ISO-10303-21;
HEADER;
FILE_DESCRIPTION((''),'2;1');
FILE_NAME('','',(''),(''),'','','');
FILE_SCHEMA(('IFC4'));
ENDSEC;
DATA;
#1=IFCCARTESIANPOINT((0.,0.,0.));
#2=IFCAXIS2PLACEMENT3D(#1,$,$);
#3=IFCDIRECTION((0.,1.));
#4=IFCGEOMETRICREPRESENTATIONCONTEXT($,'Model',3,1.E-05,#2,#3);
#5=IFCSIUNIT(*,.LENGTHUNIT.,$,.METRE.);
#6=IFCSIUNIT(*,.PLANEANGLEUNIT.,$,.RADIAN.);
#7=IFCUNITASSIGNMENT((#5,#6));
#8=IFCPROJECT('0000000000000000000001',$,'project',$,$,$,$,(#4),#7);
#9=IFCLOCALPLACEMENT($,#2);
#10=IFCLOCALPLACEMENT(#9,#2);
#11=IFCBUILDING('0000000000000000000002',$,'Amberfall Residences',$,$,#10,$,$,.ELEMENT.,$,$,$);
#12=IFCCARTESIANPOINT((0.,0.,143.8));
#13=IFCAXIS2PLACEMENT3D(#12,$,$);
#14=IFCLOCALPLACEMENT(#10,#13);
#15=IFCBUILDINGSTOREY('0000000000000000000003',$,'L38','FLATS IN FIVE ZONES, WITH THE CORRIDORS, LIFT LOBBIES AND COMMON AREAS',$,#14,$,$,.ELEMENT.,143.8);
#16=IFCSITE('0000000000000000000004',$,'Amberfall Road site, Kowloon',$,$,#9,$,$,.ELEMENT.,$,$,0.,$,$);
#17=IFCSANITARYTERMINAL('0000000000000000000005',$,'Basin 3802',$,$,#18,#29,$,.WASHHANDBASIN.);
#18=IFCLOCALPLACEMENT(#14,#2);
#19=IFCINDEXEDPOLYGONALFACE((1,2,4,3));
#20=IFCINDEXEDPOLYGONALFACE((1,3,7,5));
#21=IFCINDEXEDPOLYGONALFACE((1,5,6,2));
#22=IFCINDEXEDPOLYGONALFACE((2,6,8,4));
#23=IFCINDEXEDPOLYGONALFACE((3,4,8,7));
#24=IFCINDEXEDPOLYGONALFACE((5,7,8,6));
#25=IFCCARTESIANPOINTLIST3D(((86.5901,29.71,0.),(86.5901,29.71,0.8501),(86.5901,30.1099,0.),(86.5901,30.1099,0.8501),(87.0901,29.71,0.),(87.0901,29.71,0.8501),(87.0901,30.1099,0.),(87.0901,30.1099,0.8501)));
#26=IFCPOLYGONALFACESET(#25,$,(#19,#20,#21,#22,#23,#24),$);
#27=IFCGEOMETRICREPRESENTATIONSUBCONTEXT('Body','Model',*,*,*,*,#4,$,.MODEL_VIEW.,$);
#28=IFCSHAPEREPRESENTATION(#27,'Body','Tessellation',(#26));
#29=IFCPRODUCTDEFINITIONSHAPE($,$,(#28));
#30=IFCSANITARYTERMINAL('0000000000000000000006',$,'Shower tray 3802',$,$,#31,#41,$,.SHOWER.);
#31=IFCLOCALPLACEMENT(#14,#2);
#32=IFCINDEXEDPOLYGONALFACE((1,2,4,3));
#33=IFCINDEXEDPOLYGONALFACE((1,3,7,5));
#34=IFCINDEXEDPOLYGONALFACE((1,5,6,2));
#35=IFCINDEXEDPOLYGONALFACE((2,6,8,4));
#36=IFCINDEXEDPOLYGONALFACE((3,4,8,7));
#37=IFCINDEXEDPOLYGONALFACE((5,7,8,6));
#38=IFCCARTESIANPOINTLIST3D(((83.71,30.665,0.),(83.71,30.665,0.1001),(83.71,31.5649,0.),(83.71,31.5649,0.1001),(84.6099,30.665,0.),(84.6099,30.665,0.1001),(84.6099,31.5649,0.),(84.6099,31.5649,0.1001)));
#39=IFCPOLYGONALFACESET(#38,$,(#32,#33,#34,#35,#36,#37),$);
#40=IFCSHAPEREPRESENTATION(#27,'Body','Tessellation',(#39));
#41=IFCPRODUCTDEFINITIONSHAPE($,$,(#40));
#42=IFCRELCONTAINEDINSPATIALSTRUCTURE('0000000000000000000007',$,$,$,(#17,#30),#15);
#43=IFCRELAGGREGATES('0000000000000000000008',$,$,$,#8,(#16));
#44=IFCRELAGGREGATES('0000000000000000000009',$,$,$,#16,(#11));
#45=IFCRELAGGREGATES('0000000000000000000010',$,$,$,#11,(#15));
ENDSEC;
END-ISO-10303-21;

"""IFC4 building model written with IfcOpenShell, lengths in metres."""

from ifc_helpers import new_model, si_unit, direction, frame, origin, origin_2d, place, context, subcontext, project, spatial, rectangle, extrude, element, save


model = new_model("IFC4")

# Units and contexts
model_context = context("Model", 3, precision=1e-05, world=origin(), true_north=direction((0.0, 1.0)))
body_context = subcontext(model_context, "Body", "Model", "MODEL_VIEW")
ifc_project = project(units=[si_unit("LENGTHUNIT", "METRE"), si_unit("PLANEANGLEUNIT", "RADIAN")], contexts=[model_context])

# Site, building, storey
site_placement = place(None, origin())
site = spatial("IfcSite", under=ifc_project, at=site_placement, Name="Amberfall Road site, Kowloon", CompositionType="ELEMENT", RefElevation=0.0)
building_placement = place(site_placement, origin())
building = spatial("IfcBuilding", under=site, at=building_placement, Name="Amberfall Residences", CompositionType="ELEMENT")
storey_placement = place(building_placement, frame((0.0, 0.0, 143.8)))
storey = spatial("IfcBuildingStorey", under=building, at=storey_placement, Name="L38", Description="FLATS IN FIVE ZONES, WITH THE CORRIDORS, LIFT LOBBIES AND COMMON AREAS", CompositionType="ELEMENT", Elevation=143.8)

# Sanitary terminals
sanitary_terminal_1_placement = place(storey_placement, frame((86.8401, 29.9099, 0.0), z_axis=(0.0, 0.0, 1.0), x_axis=(1.0, 0.0, 0.0)))
element("IfcSanitaryTerminal", 1, at=sanitary_terminal_1_placement, inside=storey, Name="Basin 3802", PredefinedType="WASHHANDBASIN", context=body_context, shape_type="SweptSolid", body=[
    extrude(rectangle(XDim=0.5, YDim=0.3999, at=origin_2d()), origin(), (0.0, 0.0, 1.0), 0.8501),
])
sanitary_terminal_2_placement = place(storey_placement, frame((84.1599, 31.115, 0.0), z_axis=(0.0, 0.0, 1.0), x_axis=(1.0, 0.0, 0.0)))
element("IfcSanitaryTerminal", 2, at=sanitary_terminal_2_placement, inside=storey, Name="Shower tray 3802", PredefinedType="SHOWER", context=body_context, shape_type="SweptSolid", body=[
    extrude(rectangle(XDim=0.8999, YDim=0.8999, at=origin_2d()), origin(), (0.0, 0.0, 1.0), 0.1001),
])

save(model, "model.ifc")
